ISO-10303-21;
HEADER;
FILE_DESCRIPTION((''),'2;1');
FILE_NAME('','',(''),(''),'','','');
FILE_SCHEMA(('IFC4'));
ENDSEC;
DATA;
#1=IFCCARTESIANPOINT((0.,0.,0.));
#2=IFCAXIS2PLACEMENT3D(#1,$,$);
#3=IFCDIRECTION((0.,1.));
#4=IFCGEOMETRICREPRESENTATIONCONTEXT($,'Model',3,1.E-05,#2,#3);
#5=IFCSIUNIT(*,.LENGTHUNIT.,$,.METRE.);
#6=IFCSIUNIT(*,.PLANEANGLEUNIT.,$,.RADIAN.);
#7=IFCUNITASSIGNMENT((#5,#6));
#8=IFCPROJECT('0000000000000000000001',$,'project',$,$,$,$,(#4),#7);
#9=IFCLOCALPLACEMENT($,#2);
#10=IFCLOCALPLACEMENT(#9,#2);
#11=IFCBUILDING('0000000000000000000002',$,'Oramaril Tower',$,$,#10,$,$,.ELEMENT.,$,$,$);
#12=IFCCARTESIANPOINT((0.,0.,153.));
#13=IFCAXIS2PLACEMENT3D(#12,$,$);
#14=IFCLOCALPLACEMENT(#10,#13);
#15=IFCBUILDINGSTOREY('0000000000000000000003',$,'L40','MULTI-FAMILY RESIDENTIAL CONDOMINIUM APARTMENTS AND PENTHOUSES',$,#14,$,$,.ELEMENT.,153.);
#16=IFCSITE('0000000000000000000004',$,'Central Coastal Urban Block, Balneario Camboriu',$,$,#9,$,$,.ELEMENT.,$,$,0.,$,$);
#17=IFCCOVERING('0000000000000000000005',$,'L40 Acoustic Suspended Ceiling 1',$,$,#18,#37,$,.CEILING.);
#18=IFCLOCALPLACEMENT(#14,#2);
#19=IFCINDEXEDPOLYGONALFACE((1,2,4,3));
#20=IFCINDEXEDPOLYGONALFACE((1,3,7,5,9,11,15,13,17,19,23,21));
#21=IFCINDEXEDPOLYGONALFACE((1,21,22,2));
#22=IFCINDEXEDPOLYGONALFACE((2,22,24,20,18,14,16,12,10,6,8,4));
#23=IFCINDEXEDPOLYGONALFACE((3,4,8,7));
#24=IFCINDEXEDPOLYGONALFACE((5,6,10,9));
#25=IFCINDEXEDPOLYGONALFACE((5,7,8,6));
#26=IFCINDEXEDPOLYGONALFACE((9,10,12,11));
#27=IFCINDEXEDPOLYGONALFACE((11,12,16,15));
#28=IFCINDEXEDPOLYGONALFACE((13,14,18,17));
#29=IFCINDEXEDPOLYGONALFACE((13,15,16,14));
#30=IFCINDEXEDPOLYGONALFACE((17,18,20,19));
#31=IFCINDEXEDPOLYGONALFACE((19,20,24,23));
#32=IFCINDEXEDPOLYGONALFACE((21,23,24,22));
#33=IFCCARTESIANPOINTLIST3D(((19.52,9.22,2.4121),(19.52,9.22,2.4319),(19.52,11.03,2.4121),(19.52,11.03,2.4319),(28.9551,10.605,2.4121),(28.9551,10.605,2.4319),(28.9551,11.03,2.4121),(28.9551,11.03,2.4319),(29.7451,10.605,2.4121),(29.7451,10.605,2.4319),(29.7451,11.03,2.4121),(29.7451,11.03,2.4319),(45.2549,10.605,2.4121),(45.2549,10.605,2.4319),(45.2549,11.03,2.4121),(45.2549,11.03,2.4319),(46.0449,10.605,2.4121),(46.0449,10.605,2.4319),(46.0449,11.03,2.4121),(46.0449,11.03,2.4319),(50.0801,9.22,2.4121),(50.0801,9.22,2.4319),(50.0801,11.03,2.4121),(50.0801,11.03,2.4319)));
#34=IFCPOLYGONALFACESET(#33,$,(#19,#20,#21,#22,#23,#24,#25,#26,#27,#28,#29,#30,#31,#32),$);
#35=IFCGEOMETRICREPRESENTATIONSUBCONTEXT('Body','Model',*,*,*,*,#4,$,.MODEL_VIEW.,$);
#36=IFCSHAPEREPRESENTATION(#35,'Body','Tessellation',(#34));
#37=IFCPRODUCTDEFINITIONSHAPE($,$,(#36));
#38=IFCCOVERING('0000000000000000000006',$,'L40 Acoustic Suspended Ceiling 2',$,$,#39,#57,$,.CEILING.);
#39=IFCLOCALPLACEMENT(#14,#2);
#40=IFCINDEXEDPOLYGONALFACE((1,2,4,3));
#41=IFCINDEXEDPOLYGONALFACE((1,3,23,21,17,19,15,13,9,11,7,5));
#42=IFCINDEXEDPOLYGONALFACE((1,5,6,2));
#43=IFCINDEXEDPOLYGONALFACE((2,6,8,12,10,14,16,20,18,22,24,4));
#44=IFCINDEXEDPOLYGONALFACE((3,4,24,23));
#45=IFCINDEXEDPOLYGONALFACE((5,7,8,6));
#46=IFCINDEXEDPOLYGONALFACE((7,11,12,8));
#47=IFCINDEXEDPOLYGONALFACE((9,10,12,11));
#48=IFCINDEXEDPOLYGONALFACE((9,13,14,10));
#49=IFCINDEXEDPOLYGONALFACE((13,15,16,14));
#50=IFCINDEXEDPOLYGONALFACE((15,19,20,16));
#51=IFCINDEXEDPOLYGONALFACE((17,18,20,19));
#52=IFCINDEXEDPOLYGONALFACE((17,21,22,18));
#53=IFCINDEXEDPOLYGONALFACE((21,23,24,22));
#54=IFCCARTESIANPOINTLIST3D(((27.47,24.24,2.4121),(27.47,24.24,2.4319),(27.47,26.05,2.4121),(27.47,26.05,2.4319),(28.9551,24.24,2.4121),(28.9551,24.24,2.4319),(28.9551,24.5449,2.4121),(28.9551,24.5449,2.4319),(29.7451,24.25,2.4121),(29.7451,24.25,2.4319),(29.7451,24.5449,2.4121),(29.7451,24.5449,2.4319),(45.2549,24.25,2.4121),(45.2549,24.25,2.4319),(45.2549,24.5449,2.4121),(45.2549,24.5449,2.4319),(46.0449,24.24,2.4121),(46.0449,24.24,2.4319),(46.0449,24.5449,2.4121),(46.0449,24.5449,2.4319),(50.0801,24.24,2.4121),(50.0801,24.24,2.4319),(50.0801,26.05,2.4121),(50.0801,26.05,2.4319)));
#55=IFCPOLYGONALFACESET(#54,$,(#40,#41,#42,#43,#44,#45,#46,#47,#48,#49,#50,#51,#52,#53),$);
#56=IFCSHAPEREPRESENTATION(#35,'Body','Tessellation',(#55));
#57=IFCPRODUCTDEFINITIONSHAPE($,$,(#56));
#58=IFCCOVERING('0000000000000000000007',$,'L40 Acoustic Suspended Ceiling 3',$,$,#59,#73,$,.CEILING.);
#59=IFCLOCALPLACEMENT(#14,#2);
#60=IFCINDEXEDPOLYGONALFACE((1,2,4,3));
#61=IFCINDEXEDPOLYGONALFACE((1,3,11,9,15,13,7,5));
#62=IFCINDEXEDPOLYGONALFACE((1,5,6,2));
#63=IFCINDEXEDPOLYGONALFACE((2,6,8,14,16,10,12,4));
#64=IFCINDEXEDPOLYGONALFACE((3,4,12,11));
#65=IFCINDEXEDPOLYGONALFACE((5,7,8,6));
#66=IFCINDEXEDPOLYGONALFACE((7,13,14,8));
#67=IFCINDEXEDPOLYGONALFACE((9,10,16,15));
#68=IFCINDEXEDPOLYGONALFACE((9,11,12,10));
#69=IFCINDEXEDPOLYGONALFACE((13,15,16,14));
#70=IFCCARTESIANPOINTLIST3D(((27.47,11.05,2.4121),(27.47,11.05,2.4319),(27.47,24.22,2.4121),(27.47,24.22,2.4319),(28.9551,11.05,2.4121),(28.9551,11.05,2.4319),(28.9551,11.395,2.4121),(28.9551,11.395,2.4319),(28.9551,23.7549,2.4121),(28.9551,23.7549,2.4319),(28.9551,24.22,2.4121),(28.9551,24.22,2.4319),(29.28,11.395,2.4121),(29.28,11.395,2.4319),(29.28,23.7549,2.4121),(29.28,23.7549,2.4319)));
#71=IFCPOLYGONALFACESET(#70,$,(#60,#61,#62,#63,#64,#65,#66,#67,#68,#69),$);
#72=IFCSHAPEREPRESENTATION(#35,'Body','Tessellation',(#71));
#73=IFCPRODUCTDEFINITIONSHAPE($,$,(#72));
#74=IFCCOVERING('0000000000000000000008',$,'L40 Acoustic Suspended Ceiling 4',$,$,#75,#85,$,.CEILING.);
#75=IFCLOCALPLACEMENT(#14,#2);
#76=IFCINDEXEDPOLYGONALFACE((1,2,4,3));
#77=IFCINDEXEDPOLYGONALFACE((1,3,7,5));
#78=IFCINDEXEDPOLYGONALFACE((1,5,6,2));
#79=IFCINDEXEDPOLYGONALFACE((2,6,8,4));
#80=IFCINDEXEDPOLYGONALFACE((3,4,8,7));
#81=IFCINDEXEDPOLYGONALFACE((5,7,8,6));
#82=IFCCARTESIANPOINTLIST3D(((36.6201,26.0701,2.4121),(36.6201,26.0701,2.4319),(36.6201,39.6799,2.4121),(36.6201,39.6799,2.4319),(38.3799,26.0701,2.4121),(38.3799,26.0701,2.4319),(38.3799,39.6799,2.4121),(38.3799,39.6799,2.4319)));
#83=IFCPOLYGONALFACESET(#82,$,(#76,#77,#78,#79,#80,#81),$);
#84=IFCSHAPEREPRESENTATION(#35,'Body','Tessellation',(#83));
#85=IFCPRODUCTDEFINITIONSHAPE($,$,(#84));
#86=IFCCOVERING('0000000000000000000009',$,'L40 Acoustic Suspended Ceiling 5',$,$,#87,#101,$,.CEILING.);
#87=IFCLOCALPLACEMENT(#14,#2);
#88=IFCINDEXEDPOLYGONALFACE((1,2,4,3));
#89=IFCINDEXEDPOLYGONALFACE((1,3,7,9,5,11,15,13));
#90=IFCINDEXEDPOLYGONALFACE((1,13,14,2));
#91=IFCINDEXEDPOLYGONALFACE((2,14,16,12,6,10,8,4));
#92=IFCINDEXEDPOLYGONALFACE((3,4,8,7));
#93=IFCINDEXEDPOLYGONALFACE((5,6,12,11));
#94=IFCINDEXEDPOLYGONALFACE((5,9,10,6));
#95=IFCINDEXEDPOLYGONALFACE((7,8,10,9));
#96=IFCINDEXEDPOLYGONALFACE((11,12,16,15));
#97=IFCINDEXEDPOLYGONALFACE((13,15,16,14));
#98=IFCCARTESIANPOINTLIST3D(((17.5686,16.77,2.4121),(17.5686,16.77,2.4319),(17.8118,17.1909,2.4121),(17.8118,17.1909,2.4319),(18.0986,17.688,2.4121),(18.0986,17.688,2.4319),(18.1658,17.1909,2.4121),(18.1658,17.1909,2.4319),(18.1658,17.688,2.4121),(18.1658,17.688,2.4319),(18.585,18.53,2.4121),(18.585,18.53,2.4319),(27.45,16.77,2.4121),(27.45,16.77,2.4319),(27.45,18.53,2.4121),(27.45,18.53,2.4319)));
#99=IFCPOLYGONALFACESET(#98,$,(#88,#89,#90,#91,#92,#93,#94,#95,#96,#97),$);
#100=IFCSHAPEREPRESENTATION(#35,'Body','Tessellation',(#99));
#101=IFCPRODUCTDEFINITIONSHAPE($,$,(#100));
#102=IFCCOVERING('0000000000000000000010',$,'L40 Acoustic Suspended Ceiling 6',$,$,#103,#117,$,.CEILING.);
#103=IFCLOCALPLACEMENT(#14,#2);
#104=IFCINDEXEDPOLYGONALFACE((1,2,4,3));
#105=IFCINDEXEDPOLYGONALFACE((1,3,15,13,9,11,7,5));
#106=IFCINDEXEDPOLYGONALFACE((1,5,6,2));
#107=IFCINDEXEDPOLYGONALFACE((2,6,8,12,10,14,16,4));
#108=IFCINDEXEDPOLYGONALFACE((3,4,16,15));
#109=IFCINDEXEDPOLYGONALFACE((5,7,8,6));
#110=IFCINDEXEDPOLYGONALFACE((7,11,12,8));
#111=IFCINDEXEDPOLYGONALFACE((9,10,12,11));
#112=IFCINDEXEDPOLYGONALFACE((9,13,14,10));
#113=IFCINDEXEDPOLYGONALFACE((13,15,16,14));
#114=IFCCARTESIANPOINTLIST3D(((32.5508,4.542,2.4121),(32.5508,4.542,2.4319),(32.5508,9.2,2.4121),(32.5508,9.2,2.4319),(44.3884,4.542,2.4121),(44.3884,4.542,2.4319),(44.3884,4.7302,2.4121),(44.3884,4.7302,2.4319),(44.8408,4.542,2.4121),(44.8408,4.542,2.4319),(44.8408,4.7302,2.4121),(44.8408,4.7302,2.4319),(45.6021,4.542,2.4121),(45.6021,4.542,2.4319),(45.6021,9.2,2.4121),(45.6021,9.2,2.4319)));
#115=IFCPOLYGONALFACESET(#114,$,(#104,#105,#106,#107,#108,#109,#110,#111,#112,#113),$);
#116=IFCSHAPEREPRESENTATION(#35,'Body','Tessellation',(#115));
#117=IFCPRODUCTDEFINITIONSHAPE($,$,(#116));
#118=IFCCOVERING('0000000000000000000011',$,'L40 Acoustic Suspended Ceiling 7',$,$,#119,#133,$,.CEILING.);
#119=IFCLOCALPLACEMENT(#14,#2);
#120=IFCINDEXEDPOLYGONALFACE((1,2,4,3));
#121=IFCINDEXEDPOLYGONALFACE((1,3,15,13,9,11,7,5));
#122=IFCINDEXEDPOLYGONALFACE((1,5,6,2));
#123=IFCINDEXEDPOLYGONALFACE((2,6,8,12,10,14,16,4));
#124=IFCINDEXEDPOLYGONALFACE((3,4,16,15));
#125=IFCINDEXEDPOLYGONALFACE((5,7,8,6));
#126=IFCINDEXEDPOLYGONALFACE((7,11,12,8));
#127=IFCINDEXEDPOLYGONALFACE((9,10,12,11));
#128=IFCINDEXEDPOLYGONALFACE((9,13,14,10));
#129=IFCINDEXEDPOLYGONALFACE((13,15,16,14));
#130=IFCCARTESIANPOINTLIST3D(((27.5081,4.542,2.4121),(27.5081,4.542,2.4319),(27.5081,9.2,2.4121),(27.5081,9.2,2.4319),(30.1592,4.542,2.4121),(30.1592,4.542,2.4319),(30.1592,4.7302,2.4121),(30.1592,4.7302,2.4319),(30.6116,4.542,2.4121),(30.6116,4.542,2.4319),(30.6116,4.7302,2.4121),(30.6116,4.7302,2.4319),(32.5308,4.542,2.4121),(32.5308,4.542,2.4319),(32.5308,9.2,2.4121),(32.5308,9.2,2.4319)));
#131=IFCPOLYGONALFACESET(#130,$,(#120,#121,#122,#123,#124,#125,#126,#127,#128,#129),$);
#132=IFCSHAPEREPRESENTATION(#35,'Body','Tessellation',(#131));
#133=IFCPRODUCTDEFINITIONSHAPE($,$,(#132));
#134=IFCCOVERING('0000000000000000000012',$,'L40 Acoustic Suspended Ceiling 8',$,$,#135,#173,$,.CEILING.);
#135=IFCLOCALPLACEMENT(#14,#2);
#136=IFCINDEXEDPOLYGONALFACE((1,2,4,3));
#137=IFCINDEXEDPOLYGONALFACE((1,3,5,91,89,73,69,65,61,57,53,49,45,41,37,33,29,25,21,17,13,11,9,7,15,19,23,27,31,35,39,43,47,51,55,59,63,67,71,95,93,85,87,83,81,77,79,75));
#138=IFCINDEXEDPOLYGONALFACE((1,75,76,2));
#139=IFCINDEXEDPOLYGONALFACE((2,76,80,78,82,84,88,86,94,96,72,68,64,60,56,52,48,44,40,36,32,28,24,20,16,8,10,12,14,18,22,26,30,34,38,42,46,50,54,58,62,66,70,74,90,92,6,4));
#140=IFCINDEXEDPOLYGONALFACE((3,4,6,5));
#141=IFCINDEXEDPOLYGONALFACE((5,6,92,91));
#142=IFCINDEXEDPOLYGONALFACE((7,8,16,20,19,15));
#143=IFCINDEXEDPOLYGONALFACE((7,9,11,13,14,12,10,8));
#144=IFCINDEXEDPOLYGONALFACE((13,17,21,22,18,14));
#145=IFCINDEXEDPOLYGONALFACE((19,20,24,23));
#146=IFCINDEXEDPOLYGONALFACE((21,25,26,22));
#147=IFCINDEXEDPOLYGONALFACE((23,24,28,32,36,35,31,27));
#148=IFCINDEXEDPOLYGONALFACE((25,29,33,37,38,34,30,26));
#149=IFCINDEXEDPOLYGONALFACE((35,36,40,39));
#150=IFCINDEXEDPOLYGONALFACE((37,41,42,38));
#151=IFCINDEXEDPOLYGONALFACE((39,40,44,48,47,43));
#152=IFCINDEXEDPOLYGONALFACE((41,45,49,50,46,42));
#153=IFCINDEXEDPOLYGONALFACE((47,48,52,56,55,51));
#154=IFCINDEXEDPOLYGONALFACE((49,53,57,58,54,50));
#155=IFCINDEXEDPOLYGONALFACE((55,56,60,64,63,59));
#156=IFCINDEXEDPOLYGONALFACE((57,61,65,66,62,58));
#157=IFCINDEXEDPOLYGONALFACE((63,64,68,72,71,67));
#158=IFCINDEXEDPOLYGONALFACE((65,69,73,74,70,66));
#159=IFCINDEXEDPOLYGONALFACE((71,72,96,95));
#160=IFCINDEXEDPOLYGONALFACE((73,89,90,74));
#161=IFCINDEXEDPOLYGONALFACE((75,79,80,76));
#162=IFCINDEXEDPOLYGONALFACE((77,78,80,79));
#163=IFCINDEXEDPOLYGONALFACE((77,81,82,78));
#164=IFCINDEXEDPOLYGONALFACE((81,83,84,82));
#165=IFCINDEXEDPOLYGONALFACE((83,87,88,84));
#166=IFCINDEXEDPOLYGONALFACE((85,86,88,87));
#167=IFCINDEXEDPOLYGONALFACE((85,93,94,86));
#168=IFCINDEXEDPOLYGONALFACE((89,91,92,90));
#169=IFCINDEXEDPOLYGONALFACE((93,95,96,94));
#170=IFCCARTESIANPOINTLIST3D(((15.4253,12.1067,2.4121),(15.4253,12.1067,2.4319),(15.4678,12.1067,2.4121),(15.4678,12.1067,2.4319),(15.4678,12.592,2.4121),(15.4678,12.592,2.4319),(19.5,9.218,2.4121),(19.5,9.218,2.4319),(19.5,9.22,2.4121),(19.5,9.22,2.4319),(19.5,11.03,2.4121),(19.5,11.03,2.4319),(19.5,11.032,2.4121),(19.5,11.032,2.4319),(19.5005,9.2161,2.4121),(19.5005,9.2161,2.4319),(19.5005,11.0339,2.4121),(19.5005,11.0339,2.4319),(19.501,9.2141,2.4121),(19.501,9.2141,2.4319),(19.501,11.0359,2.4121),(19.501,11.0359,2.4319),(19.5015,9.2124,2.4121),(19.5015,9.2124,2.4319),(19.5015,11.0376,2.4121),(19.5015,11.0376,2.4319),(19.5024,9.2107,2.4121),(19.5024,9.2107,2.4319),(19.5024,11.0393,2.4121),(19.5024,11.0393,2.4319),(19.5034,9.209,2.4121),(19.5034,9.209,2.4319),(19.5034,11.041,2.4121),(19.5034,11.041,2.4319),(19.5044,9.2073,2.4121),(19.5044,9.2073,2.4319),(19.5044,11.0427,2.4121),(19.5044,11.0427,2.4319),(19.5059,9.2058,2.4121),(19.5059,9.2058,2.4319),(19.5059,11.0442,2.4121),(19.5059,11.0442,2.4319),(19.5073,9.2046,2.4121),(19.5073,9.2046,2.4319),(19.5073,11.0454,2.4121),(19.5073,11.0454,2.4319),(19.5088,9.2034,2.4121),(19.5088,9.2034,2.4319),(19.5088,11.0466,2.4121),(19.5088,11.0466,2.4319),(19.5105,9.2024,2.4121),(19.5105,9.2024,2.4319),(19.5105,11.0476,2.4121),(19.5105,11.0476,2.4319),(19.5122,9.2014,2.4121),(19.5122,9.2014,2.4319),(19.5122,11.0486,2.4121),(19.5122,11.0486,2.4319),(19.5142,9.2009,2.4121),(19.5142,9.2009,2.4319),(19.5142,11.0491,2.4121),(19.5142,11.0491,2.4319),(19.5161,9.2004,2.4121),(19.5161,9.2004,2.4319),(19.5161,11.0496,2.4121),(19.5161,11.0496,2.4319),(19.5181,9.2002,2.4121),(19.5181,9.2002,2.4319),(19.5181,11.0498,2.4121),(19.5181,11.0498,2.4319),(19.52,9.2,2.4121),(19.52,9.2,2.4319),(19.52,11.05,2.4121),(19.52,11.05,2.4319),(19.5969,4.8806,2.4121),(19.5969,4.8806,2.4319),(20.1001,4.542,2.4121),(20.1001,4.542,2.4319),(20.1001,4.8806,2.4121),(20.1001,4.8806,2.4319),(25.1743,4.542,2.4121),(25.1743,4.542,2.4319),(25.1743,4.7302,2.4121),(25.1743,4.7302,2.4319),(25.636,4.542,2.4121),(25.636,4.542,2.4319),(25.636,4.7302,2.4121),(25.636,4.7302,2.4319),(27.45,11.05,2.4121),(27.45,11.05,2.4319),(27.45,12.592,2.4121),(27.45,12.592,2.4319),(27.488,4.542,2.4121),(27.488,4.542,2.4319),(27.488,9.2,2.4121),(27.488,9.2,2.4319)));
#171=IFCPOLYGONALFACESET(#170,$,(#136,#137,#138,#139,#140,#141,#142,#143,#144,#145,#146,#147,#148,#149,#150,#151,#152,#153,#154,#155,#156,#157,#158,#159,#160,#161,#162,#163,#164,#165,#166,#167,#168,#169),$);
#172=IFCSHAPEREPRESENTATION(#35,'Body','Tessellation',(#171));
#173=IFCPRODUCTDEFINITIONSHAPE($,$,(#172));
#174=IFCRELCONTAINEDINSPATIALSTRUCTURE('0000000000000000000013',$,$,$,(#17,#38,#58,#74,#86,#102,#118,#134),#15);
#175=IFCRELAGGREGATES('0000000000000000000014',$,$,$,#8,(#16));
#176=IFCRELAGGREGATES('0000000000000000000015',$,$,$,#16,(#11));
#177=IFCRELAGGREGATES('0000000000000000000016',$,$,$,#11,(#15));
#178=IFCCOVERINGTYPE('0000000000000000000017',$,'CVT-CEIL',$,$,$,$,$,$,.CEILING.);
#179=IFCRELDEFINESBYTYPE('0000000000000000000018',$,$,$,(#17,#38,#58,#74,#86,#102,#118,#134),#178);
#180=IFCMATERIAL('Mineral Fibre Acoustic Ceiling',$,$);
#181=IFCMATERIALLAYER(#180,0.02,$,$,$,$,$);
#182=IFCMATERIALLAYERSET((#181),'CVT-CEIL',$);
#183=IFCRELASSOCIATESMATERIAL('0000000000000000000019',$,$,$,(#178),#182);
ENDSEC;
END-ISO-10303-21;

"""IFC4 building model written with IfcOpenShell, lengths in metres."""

from ifc_helpers import new_model, si_unit, direction, frame, origin, place, context, subcontext, project, spatial, polyline, outline, extrude, material, layer, layer_set, type_object, element, save


model = new_model("IFC4")

# Units and contexts
model_context = context("Model", 3, precision=1e-05, world=origin(), true_north=direction((0.0, 1.0)))
body_context = subcontext(model_context, "Body", "Model", "MODEL_VIEW")
ifc_project = project(units=[si_unit("LENGTHUNIT", "METRE"), si_unit("PLANEANGLEUNIT", "RADIAN")], contexts=[model_context])

# Site, building, storey
site_placement = place(None, origin())
site = spatial("IfcSite", under=ifc_project, at=site_placement, Name="Central Coastal Urban Block, Balneario Camboriu", CompositionType="ELEMENT", RefElevation=0.0)
building_placement = place(site_placement, origin())
building = spatial("IfcBuilding", under=site, at=building_placement, Name="Oramaril Tower", CompositionType="ELEMENT")
storey_placement = place(building_placement, frame((0.0, 0.0, 153.0)))
storey = spatial("IfcBuildingStorey", under=building, at=storey_placement, Name="L40", Description="MULTI-FAMILY RESIDENTIAL CONDOMINIUM APARTMENTS AND PENTHOUSES", CompositionType="ELEMENT", Elevation=153.0)

# Coverings
ifc_material_1 = material(Name="Mineral Fibre Acoustic Ceiling")
ifc_layer_1 = layer(ifc_material_1, 0.02)
ifc_layer_set_1 = layer_set([ifc_layer_1], Name="CVT-CEIL")
covering_type_1 = type_object("IfcCoveringType", Name="CVT-CEIL", PredefinedType="CEILING", material=ifc_layer_set_1)
covering_1_placement = place(storey_placement, frame((0.0, 0.0, 2.4121)))
element("IfcCovering", 1, at=covering_1_placement, inside=storey, type_object=covering_type_1, Name="L40 Acoustic Suspended Ceiling 1", PredefinedType="CEILING", context=body_context, shape_type="SweptSolid", body=[
    extrude(outline(polyline([(28.9551, 10.605), (29.7451, 10.605), (29.7451, 11.03), (45.2549, 11.03), (45.2549, 10.605), (46.0449, 10.605), (46.0449, 11.03), (50.0801, 11.03), (50.0801, 9.22), (19.52, 9.22), (19.52, 11.03), (28.9551, 11.03), (28.9551, 10.605)])), origin(), (0.0, 0.0, 1.0), 0.0198),
])
covering_2_placement = place(storey_placement, frame((0.0, 0.0, 2.4121)))
element("IfcCovering", 2, at=covering_2_placement, inside=storey, type_object=covering_type_1, Name="L40 Acoustic Suspended Ceiling 2", PredefinedType="CEILING", context=body_context, shape_type="SweptSolid", body=[
    extrude(outline(polyline([(50.0801, 24.24), (46.0449, 24.24), (46.0449, 24.5449), (45.2549, 24.5449), (45.2549, 24.25), (29.7451, 24.25), (29.7451, 24.5449), (28.9551, 24.5449), (28.9551, 24.24), (27.47, 24.24), (27.47, 26.05), (50.0801, 26.05), (50.0801, 24.24)])), origin(), (0.0, 0.0, 1.0), 0.0198),
])
covering_3_placement = place(storey_placement, frame((0.0, 0.0, 2.4121)))
element("IfcCovering", 3, at=covering_3_placement, inside=storey, type_object=covering_type_1, Name="L40 Acoustic Suspended Ceiling 3", PredefinedType="CEILING", context=body_context, shape_type="SweptSolid", body=[
    extrude(outline(polyline([(28.9551, 23.7549), (29.28, 23.7549), (29.28, 11.395), (28.9551, 11.395), (28.9551, 11.05), (27.47, 11.05), (27.47, 24.22), (28.9551, 24.22), (28.9551, 23.7549)])), origin(), (0.0, 0.0, 1.0), 0.0198),
])
covering_4_placement = place(storey_placement, frame((0.0, 0.0, 2.4121)))
element("IfcCovering", 4, at=covering_4_placement, inside=storey, type_object=covering_type_1, Name="L40 Acoustic Suspended Ceiling 4", PredefinedType="CEILING", context=body_context, shape_type="SweptSolid", body=[
    extrude(outline(polyline([(38.3799, 26.0701), (36.6201, 26.0701), (36.6201, 39.6799), (38.3799, 39.6799), (38.3799, 26.0701)])), origin(), (0.0, 0.0, 1.0), 0.0198),
])
covering_5_placement = place(storey_placement, frame((0.0, 0.0, 2.4121)))
element("IfcCovering", 5, at=covering_5_placement, inside=storey, type_object=covering_type_1, Name="L40 Acoustic Suspended Ceiling 5", PredefinedType="CEILING", context=body_context, shape_type="SweptSolid", body=[
    extrude(outline(polyline([(17.5686, 16.77), (17.8118, 17.1909), (18.1658, 17.1909), (18.1658, 17.688), (18.0986, 17.688), (18.585, 18.53), (27.45, 18.53), (27.45, 16.77), (17.5686, 16.77)])), origin(), (0.0, 0.0, 1.0), 0.0198),
])
covering_6_placement = place(storey_placement, frame((0.0, 0.0, 2.4121)))
element("IfcCovering", 6, at=covering_6_placement, inside=storey, type_object=covering_type_1, Name="L40 Acoustic Suspended Ceiling 6", PredefinedType="CEILING", context=body_context, shape_type="SweptSolid", body=[
    extrude(outline(polyline([(44.8408, 4.7302), (44.3884, 4.7302), (44.3884, 4.542), (32.5508, 4.542), (32.5508, 9.2), (45.6021, 9.2), (45.6021, 4.542), (44.8408, 4.542), (44.8408, 4.7302)])), origin(), (0.0, 0.0, 1.0), 0.0198),
])
covering_7_placement = place(storey_placement, frame((0.0, 0.0, 2.4121)))
element("IfcCovering", 7, at=covering_7_placement, inside=storey, type_object=covering_type_1, Name="L40 Acoustic Suspended Ceiling 7", PredefinedType="CEILING", context=body_context, shape_type="SweptSolid", body=[
    extrude(outline(polyline([(30.6116, 4.7302), (30.1592, 4.7302), (30.1592, 4.542), (27.5081, 4.542), (27.5081, 9.2), (32.5308, 9.2), (32.5308, 4.542), (30.6116, 4.542), (30.6116, 4.7302)])), origin(), (0.0, 0.0, 1.0), 0.0198),
])
covering_8_placement = place(storey_placement, frame((0.0, 0.0, 2.4121)))
element("IfcCovering", 8, at=covering_8_placement, inside=storey, type_object=covering_type_1, Name="L40 Acoustic Suspended Ceiling 8", PredefinedType="CEILING", context=body_context, shape_type="SweptSolid", body=[
    extrude(outline(polyline([(25.636, 4.542), (25.636, 4.7302), (25.1743, 4.7302), (25.1743, 4.542), (20.1001, 4.542), (20.1001, 4.8806), (19.5969, 4.8806), (15.4253, 12.1067), (15.4678, 12.1067), (15.4678, 12.592), (27.45, 12.592), (27.45, 11.05), (19.52, 11.05), (19.5181, 11.0498), (19.5161, 11.0496), (19.5142, 11.0491), (19.5122, 11.0486), (19.5105, 11.0476), (19.5088, 11.0466), (19.5073, 11.0454), (19.5059, 11.0442), (19.5044, 11.0427), (19.5034, 11.041), (19.5024, 11.0393), (19.5015, 11.0376), (19.501, 11.0359), (19.5005, 11.0339), (19.5, 11.032), (19.5, 11.03), (19.5, 9.22), (19.5, 9.218), (19.5005, 9.2161), (19.501, 9.2141), (19.5015, 9.2124), (19.5024, 9.2107), (19.5034, 9.209), (19.5044, 9.2073), (19.5059, 9.2058), (19.5073, 9.2046), (19.5088, 9.2034), (19.5105, 9.2024), (19.5122, 9.2014), (19.5142, 9.2009), (19.5161, 9.2004), (19.5181, 9.2002), (19.52, 9.2), (27.488, 9.2), (27.488, 4.542), (25.636, 4.542)])), origin(), (0.0, 0.0, 1.0), 0.0198),
])

save(model, "model.ifc")
